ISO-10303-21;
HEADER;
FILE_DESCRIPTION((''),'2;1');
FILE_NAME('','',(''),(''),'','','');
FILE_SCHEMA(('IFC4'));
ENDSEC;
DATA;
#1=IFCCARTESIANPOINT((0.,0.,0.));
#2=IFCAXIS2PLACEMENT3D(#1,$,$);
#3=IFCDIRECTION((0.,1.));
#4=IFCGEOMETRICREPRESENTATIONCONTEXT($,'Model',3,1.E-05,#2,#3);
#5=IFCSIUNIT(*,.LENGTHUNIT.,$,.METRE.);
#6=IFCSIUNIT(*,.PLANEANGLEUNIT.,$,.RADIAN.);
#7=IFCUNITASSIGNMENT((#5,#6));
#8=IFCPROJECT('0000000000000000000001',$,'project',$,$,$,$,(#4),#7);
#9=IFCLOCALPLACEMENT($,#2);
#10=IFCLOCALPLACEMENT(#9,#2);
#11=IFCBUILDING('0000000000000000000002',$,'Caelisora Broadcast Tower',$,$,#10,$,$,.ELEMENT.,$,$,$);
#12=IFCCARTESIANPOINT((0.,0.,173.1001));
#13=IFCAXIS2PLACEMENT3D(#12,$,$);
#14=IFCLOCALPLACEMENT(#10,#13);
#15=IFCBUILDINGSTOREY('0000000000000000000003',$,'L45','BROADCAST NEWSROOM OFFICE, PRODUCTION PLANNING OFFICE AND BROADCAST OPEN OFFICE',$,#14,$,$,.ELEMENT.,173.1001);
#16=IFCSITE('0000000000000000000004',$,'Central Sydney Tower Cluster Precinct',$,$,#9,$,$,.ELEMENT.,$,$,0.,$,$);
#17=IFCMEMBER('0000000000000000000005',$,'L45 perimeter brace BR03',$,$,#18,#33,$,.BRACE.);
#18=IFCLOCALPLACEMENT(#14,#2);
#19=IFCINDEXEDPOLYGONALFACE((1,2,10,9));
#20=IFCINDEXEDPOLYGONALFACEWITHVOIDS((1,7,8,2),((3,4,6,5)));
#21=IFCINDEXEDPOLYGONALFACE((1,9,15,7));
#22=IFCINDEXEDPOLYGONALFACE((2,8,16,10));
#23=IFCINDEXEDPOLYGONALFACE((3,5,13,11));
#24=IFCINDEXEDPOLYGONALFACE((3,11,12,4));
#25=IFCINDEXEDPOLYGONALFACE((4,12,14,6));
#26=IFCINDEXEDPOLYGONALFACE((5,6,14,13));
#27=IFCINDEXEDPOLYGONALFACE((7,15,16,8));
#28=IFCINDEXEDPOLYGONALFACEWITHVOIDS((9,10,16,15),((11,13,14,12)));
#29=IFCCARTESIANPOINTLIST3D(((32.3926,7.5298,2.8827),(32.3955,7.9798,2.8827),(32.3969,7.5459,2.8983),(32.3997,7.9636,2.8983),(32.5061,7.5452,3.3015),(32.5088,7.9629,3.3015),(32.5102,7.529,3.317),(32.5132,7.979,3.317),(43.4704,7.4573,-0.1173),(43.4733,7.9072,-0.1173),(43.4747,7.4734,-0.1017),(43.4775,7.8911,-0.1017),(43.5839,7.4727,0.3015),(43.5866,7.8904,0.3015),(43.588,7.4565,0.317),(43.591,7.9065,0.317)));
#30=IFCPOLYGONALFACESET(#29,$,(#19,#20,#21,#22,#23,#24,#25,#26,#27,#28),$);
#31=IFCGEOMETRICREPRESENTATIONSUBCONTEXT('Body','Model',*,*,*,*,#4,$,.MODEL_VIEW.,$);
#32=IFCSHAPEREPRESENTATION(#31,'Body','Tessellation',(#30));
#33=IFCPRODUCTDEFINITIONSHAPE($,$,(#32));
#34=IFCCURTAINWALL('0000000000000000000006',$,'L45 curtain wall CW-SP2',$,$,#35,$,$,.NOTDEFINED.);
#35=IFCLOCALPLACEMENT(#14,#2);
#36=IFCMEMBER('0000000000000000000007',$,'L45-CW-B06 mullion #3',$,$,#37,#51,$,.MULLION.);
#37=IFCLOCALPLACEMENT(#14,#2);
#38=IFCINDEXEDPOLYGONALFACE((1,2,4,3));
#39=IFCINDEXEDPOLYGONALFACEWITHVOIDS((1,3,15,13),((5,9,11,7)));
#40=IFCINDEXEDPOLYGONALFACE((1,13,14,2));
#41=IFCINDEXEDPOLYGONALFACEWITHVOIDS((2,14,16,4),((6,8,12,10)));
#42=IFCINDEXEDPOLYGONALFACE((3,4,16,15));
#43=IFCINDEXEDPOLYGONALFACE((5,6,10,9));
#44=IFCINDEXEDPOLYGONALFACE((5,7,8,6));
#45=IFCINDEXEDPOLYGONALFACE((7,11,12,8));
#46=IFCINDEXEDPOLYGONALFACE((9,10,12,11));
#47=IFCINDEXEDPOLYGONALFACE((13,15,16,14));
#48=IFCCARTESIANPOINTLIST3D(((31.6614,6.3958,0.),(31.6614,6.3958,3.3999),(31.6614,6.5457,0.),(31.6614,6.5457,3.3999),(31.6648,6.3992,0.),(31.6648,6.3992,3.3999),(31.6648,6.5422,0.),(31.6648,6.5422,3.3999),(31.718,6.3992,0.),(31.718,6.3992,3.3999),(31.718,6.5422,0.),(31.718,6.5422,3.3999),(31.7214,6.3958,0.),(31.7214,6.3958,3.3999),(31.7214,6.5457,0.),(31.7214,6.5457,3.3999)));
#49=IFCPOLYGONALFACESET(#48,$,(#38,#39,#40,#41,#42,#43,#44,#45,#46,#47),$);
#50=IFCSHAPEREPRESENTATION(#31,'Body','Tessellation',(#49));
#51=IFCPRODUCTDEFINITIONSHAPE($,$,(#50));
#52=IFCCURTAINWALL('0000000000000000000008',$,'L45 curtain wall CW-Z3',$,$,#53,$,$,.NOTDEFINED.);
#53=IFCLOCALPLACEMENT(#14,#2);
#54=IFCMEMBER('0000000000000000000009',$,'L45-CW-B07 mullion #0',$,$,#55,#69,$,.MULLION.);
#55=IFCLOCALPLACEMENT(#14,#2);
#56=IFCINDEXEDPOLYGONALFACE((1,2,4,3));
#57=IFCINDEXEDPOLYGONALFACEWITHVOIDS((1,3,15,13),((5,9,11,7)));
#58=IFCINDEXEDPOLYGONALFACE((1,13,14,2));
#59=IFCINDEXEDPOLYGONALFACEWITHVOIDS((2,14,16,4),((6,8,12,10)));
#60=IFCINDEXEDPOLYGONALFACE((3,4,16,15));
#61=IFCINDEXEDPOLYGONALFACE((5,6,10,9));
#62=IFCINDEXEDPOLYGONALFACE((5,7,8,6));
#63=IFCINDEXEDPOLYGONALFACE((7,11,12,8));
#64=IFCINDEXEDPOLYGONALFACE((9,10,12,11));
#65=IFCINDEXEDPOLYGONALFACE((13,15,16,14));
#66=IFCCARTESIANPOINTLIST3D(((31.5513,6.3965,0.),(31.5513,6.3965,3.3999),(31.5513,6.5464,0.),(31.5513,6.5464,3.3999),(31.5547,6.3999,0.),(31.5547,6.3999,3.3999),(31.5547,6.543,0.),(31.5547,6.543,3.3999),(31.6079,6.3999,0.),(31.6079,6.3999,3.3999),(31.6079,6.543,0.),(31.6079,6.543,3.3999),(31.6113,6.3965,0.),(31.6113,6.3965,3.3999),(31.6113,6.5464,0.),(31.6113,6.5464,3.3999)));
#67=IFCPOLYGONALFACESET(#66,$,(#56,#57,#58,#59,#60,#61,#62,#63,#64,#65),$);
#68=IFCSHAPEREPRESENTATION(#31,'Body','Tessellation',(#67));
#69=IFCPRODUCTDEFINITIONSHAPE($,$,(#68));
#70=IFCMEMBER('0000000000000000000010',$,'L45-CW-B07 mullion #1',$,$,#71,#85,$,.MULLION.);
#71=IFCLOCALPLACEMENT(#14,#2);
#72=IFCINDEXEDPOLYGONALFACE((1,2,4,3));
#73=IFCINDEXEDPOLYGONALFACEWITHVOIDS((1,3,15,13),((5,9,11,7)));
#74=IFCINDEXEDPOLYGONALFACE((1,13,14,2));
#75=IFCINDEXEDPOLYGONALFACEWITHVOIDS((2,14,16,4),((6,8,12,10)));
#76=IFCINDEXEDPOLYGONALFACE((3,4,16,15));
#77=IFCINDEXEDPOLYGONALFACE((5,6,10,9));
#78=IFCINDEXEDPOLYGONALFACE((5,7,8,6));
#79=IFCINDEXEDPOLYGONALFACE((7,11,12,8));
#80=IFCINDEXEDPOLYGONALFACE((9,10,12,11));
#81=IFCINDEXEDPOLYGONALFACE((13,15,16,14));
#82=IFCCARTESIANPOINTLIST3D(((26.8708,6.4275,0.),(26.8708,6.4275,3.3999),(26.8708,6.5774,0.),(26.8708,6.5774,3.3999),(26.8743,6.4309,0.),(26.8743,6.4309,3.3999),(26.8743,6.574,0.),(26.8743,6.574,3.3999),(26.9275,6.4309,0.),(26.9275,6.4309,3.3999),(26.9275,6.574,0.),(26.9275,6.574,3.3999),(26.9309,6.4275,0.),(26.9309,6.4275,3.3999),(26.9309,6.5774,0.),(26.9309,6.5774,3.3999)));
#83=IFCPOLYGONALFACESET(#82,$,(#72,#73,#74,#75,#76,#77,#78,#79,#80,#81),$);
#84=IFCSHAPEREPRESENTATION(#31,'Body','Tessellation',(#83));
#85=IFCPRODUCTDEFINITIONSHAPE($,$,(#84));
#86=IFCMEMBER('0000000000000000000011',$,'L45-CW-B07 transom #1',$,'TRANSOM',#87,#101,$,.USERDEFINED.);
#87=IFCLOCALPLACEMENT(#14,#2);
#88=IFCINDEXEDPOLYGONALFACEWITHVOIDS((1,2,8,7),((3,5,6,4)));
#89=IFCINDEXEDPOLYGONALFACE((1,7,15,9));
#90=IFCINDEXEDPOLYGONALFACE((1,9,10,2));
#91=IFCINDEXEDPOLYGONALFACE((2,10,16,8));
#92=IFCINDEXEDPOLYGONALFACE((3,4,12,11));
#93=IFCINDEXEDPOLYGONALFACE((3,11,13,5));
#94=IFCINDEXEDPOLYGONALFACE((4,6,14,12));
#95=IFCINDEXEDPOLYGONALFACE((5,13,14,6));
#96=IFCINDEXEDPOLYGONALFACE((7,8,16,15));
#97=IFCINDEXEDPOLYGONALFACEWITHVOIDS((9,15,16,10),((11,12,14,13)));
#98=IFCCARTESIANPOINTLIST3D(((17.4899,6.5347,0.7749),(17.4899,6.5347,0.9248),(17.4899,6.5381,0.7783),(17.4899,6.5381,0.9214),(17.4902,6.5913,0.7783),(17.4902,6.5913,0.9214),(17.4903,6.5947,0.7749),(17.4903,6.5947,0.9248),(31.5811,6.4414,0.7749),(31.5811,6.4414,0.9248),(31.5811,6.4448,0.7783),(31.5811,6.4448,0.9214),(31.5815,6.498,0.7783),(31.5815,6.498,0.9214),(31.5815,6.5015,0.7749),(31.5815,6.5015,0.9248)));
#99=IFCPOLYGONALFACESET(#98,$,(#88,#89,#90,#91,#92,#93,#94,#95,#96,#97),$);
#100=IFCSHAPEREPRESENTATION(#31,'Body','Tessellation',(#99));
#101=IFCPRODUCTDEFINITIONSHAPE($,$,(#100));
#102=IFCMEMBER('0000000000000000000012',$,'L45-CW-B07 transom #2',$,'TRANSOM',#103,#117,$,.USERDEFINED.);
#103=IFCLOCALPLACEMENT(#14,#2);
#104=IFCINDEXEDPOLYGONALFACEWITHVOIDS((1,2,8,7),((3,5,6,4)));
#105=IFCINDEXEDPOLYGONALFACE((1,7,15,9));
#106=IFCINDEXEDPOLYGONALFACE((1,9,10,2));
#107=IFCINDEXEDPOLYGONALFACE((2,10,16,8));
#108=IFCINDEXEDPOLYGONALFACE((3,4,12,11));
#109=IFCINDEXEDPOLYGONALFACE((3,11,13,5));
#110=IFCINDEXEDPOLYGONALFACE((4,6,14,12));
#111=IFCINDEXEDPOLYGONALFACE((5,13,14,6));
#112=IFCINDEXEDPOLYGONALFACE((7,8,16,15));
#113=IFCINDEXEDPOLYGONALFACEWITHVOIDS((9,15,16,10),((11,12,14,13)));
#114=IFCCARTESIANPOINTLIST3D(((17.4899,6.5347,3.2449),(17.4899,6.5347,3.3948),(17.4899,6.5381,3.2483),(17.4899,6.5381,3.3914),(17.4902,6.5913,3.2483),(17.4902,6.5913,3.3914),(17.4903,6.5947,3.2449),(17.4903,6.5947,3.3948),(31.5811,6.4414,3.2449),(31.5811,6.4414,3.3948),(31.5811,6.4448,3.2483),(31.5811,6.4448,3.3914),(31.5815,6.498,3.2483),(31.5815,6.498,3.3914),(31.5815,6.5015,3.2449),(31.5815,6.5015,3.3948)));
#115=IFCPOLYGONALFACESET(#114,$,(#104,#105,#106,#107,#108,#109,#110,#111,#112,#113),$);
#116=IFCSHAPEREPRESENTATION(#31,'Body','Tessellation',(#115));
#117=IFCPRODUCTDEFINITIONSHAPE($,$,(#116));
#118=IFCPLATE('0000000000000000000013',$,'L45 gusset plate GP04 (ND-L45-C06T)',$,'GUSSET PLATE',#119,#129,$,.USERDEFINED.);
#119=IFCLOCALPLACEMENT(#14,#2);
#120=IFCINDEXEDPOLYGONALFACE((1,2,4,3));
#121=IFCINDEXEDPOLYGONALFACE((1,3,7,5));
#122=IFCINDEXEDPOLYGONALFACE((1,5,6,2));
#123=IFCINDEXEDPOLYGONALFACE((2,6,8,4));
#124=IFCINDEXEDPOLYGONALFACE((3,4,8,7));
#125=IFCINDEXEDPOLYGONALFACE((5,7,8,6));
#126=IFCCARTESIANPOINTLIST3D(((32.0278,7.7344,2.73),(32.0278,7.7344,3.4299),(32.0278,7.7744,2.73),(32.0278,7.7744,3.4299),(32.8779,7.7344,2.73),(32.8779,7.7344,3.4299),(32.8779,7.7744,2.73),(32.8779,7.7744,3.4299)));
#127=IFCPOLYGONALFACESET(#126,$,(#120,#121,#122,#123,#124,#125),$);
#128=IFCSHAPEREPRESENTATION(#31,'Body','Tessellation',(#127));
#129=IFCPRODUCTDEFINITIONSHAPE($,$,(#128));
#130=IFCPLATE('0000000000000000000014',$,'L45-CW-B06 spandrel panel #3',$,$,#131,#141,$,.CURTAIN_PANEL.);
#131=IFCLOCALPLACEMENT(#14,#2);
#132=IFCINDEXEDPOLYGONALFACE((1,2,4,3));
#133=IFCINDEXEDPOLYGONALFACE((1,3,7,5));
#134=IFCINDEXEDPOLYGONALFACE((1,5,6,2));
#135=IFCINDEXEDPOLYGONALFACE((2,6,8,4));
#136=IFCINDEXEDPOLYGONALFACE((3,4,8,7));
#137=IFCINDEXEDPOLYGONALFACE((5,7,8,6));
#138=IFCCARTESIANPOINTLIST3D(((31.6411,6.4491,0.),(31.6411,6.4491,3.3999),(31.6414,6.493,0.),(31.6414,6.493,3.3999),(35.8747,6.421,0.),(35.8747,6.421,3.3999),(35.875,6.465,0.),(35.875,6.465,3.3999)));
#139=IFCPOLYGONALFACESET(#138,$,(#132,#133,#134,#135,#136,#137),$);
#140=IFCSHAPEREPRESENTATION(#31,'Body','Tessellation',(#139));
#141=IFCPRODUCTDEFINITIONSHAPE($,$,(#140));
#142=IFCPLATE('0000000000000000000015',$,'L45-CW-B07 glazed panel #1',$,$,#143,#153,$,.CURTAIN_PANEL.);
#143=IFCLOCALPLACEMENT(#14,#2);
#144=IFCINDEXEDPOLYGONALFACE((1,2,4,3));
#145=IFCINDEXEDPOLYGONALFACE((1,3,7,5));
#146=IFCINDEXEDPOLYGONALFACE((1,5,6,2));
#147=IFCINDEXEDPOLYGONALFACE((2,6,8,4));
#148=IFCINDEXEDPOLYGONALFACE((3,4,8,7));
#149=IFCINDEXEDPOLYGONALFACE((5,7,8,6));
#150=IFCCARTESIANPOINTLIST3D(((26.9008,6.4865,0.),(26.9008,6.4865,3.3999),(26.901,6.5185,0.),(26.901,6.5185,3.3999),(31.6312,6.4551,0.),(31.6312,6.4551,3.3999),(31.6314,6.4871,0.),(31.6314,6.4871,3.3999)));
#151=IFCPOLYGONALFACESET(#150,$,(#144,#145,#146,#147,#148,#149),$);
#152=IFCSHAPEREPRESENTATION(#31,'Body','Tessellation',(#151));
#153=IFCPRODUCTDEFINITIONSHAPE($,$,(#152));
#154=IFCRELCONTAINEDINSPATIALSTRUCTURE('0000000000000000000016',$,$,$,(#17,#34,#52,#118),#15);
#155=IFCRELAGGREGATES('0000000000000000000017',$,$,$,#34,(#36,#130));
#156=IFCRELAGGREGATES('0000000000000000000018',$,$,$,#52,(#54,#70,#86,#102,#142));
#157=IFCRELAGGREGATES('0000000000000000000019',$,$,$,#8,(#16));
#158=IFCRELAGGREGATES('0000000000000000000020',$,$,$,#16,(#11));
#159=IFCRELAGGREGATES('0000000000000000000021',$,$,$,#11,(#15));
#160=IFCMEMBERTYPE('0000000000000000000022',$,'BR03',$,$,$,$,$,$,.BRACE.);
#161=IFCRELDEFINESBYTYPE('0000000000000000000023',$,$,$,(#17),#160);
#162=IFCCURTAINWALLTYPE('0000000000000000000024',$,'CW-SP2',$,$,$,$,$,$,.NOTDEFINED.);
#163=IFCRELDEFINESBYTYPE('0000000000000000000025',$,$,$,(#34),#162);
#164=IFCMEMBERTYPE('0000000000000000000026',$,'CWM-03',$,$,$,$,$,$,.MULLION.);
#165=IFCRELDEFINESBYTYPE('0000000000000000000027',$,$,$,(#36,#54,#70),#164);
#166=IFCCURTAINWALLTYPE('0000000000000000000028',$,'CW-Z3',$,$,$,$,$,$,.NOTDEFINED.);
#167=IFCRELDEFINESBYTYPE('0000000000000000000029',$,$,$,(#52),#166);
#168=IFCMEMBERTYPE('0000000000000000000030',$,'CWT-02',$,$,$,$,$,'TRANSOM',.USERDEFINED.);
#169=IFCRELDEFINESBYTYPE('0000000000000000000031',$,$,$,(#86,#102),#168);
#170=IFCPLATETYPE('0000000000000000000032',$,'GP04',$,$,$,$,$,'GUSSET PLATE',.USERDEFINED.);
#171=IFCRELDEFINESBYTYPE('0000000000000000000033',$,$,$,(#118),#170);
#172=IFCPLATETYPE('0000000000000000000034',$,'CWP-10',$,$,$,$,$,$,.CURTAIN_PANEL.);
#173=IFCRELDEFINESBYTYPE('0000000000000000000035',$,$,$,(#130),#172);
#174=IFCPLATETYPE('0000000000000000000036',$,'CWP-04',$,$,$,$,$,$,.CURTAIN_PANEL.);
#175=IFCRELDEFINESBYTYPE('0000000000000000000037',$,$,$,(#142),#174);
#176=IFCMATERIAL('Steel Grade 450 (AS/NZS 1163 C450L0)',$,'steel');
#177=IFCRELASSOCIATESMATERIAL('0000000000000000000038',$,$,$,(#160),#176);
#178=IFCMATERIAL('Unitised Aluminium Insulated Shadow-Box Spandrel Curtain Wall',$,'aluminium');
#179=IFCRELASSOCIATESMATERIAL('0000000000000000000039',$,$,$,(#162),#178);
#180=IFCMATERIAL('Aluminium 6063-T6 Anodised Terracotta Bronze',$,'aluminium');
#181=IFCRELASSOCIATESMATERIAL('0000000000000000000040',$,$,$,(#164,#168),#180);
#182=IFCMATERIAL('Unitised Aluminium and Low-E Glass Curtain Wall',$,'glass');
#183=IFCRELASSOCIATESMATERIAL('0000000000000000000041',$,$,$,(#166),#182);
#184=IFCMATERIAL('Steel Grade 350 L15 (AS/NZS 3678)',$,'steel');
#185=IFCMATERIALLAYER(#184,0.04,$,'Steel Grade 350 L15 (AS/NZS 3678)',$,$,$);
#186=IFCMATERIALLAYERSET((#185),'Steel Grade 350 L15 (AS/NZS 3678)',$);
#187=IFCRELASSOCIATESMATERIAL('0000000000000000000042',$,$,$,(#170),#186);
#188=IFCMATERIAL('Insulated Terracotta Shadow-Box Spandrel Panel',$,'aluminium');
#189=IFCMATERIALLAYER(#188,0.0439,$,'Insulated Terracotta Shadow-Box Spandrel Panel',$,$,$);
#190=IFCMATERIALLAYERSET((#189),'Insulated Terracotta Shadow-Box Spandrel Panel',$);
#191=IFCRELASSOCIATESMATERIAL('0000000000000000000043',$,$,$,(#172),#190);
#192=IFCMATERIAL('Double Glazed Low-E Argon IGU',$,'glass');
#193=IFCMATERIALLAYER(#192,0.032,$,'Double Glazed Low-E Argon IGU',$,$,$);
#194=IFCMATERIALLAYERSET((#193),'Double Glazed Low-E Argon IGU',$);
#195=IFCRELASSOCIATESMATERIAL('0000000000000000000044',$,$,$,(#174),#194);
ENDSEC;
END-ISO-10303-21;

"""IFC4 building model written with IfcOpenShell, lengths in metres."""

from ifc_helpers import new_model, si_unit, direction, frame, origin, origin_2d, place, context, subcontext, project, spatial, rectangle, hollow_rectangle, extrude, source, transform, mapped, material, layer, layer_set, material_profile, profile_set, type_object, type_shapes, element, aggregate, save


model = new_model("IFC4")

# Units and contexts
model_context = context("Model", 3, precision=1e-05, world=origin(), true_north=direction((0.0, 1.0)))
body_context = subcontext(model_context, "Body", "Model", "MODEL_VIEW")
ifc_project = project(units=[si_unit("LENGTHUNIT", "METRE"), si_unit("PLANEANGLEUNIT", "RADIAN")], contexts=[model_context])

# Site, building, storey
site_placement = place(None, origin())
site = spatial("IfcSite", under=ifc_project, at=site_placement, Name="Central Sydney Tower Cluster Precinct", CompositionType="ELEMENT", RefElevation=0.0)
building_placement = place(site_placement, origin())
building = spatial("IfcBuilding", under=site, at=building_placement, Name="Caelisora Broadcast Tower", CompositionType="ELEMENT")
storey_placement = place(building_placement, frame((0.0, 0.0, 173.1001)))
storey = spatial("IfcBuildingStorey", under=building, at=storey_placement, Name="L45", Description="BROADCAST NEWSROOM OFFICE, PRODUCTION PLANNING OFFICE AND BROADCAST OPEN OFFICE", CompositionType="ELEMENT", Elevation=173.1001)

# Shared definitions
ifc_material_1 = material(Name="Steel Grade 350 L15 (AS/NZS 3678)", Category="steel")

# Member
ifc_material_2 = material(Name="Steel Grade 450 (AS/NZS 1163 C450L0)", Category="steel")
ifc_material_profile_1 = material_profile(ifc_material_2, hollow_rectangle(XDim=0.45, YDim=0.45, WallThickness=0.0161, at=origin_2d()), Name="Steel Grade 450 (AS/NZS 1163 C450L0)")
ifc_profile_set_1 = profile_set([ifc_material_profile_1], Name="Steel Grade 450 (AS/NZS 1163 C450L0)")
member_type_1 = type_object("IfcMemberType", Name="BR03", PredefinedType="BRACE", material=ifc_profile_set_1)
shared_shape_1 = source(origin(), body_context, "Body", "SweptSolid", [
    extrude(hollow_rectangle(XDim=0.45, YDim=0.45, WallThickness=0.0161, at=origin_2d()), origin(), (0.0, 0.0, 1.0), 11.4771),
])
type_shapes(member_type_1, [shared_shape_1])
member_1_placement = place(storey_placement, frame((32.4529, 7.7544, 3.0999), z_axis=(0.965213, -0.006318, -0.261389), x_axis=(0.006545, 0.999979, 0.0)))
element("IfcMember", 1, at=member_1_placement, inside=storey, type_object=member_type_1, Name="L45 perimeter brace BR03", PredefinedType="BRACE", context=body_context, shape_type="MappedRepresentation", body=[
    mapped(shared_shape_1, transform((0.0, 0.0, 0.0), scale=1.0)),
])

# Curtain wall, member
ifc_material_3 = material(Name="Unitised Aluminium Insulated Shadow-Box Spandrel Curtain Wall", Category="aluminium")
curtain_wall_type_1 = type_object("IfcCurtainWallType", Name="CW-SP2", PredefinedType="NOTDEFINED", material=ifc_material_3)
curtain_wall_1_placement = place(storey_placement, origin())
curtain_wall_1 = element("IfcCurtainWall", 2, at=curtain_wall_1_placement, inside=storey, type_object=curtain_wall_type_1, Name="L45 curtain wall CW-SP2", PredefinedType="NOTDEFINED")
ifc_material_4 = material(Name="Aluminium 6063-T6 Anodised Terracotta Bronze", Category="aluminium")
ifc_material_profile_2 = material_profile(ifc_material_4, hollow_rectangle(XDim=0.0601, YDim=0.1499, WallThickness=0.0034, at=origin_2d()), Name="Aluminium 6063-T6 Anodised Terracotta Bronze")
ifc_profile_set_2 = profile_set([ifc_material_profile_2], Name="Aluminium 6063-T6 Anodised Terracotta Bronze")
member_type_2 = type_object("IfcMemberType", Name="CWM-03", PredefinedType="MULLION", material=ifc_profile_set_2)
shared_shape_2 = source(origin(), body_context, "Body", "SweptSolid", [
    extrude(hollow_rectangle(XDim=0.0601, YDim=0.1499, WallThickness=0.0034, at=origin_2d()), origin(), (0.0, 0.0, 1.0), 3.3999),
])
type_shapes(member_type_2, [shared_shape_2])
member_2_placement = place(storey_placement, frame((31.6914, 6.4707, 0.0), z_axis=(0.0, 0.0, 1.0), x_axis=(1.0, 0.0, 0.0)))
member_2 = element("IfcMember", 3, at=member_2_placement, type_object=member_type_2, Name="L45-CW-B06 mullion #3", PredefinedType="MULLION", context=body_context, shape_type="MappedRepresentation", body=[
    mapped(shared_shape_2, transform((0.0, 0.0, 0.0), scale=1.0)),
])

# Curtain wall, members
ifc_material_5 = material(Name="Unitised Aluminium and Low-E Glass Curtain Wall", Category="glass")
curtain_wall_type_2 = type_object("IfcCurtainWallType", Name="CW-Z3", PredefinedType="NOTDEFINED", material=ifc_material_5)
curtain_wall_2_placement = place(storey_placement, origin())
curtain_wall_2 = element("IfcCurtainWall", 4, at=curtain_wall_2_placement, inside=storey, type_object=curtain_wall_type_2, Name="L45 curtain wall CW-Z3", PredefinedType="NOTDEFINED")
member_3_placement = place(storey_placement, frame((31.5813, 6.4714, 0.0), z_axis=(0.0, 0.0, 1.0), x_axis=(1.0, 0.0, 0.0)))
member_3 = element("IfcMember", 5, at=member_3_placement, type_object=member_type_2, Name="L45-CW-B07 mullion #0", PredefinedType="MULLION", context=body_context, shape_type="MappedRepresentation", body=[
    mapped(shared_shape_2, transform((0.0, 0.0, 0.0), scale=1.0)),
])
member_4_placement = place(storey_placement, frame((26.9009, 6.5024, 0.0), z_axis=(0.0, 0.0, 1.0), x_axis=(1.0, 0.0, 0.0)))
member_4 = element("IfcMember", 6, at=member_4_placement, type_object=member_type_2, Name="L45-CW-B07 mullion #1", PredefinedType="MULLION", context=body_context, shape_type="MappedRepresentation", body=[
    mapped(shared_shape_2, transform((0.0, 0.0, 0.0), scale=1.0)),
])
ifc_material_profile_3 = material_profile(ifc_material_4, hollow_rectangle(XDim=0.0601, YDim=0.1499, WallThickness=0.0034, at=origin_2d()), Name="Aluminium 6063-T6 Anodised Terracotta Bronze")
ifc_profile_set_3 = profile_set([ifc_material_profile_3], Name="Aluminium 6063-T6 Anodised Terracotta Bronze")
member_type_3 = type_object("IfcMemberType", Name="CWT-02", ElementType="TRANSOM", PredefinedType="USERDEFINED", material=ifc_profile_set_3)
shared_shape_3 = source(origin(), body_context, "Body", "SweptSolid", [
    extrude(hollow_rectangle(XDim=0.0601, YDim=0.1499, WallThickness=0.0034, at=origin_2d()), origin(), (0.0, 0.0, 1.0), 14.0916),
])
type_shapes(member_type_3, [shared_shape_3])
member_5_placement = place(storey_placement, frame((31.5813, 6.4714, 0.8499), z_axis=(-0.999978, 0.006618, 0.0), x_axis=(-0.006618, -0.999978, 0.0)))
member_5 = element("IfcMember", 7, at=member_5_placement, type_object=member_type_3, Name="L45-CW-B07 transom #1", ObjectType="TRANSOM", PredefinedType="USERDEFINED", context=body_context, shape_type="MappedRepresentation", body=[
    mapped(shared_shape_3, transform((0.0, 0.0, 0.0), scale=1.0)),
])
member_6_placement = place(storey_placement, frame((31.5813, 6.4714, 3.3198), z_axis=(-0.999978, 0.006618, 0.0), x_axis=(-0.006618, -0.999978, 0.0)))
member_6 = element("IfcMember", 8, at=member_6_placement, type_object=member_type_3, Name="L45-CW-B07 transom #2", ObjectType="TRANSOM", PredefinedType="USERDEFINED", context=body_context, shape_type="MappedRepresentation", body=[
    mapped(shared_shape_3, transform((0.0, 0.0, 0.0), scale=1.0)),
])

# Plates
ifc_layer_1 = layer(ifc_material_1, 0.04, Name="Steel Grade 350 L15 (AS/NZS 3678)")
ifc_layer_set_1 = layer_set([ifc_layer_1], Name="Steel Grade 350 L15 (AS/NZS 3678)")
plate_type_1 = type_object("IfcPlateType", Name="GP04", ElementType="GUSSET PLATE", PredefinedType="USERDEFINED", material=ifc_layer_set_1)
shared_shape_4 = source(origin(), body_context, "Body", "SweptSolid", [
    extrude(rectangle(XDim=0.8501, YDim=0.04, at=origin_2d()), origin(), (0.0, 0.0, 1.0), 0.7),
])
type_shapes(plate_type_1, [shared_shape_4])
plate_1_placement = place(storey_placement, frame((32.4529, 7.7544, 2.73), z_axis=(0.0, 0.0, 1.0), x_axis=(1.0, 0.0, 0.0)))
element("IfcPlate", 9, at=plate_1_placement, inside=storey, type_object=plate_type_1, Name="L45 gusset plate GP04 (ND-L45-C06T)", ObjectType="GUSSET PLATE", PredefinedType="USERDEFINED", context=body_context, shape_type="MappedRepresentation", body=[
    mapped(shared_shape_4, transform((0.0, 0.0, 0.0), scale=1.0)),
])
ifc_material_6 = material(Name="Insulated Terracotta Shadow-Box Spandrel Panel", Category="aluminium")
ifc_layer_2 = layer(ifc_material_6, 0.0439, Name="Insulated Terracotta Shadow-Box Spandrel Panel")
ifc_layer_set_2 = layer_set([ifc_layer_2], Name="Insulated Terracotta Shadow-Box Spandrel Panel")
plate_type_2 = type_object("IfcPlateType", Name="CWP-10", PredefinedType="CURTAIN_PANEL", material=ifc_layer_set_2)
shared_shape_5 = source(origin(), body_context, "Body", "SweptSolid", [
    extrude(rectangle(XDim=4.2336, YDim=0.0439, at=origin_2d()), origin(), (0.0, 0.0, 1.0), 3.3999),
])
type_shapes(plate_type_2, [shared_shape_5])
plate_2_placement = place(storey_placement, frame((33.7581, 6.457, 0.0), z_axis=(0.0, 0.0, 1.0), x_axis=(-0.999978, 0.006632, 0.0)))
plate_2 = element("IfcPlate", 10, at=plate_2_placement, type_object=plate_type_2, Name="L45-CW-B06 spandrel panel #3", PredefinedType="CURTAIN_PANEL", context=body_context, shape_type="MappedRepresentation", body=[
    mapped(shared_shape_5, transform((0.0, 0.0, 0.0), scale=1.0)),
])
aggregate(curtain_wall_1, [member_2, plate_2])
ifc_material_7 = material(Name="Double Glazed Low-E Argon IGU", Category="glass")
ifc_layer_3 = layer(ifc_material_7, 0.032, Name="Double Glazed Low-E Argon IGU")
ifc_layer_set_3 = layer_set([ifc_layer_3], Name="Double Glazed Low-E Argon IGU")
plate_type_3 = type_object("IfcPlateType", Name="CWP-04", PredefinedType="CURTAIN_PANEL", material=ifc_layer_set_3)
shared_shape_6 = source(origin(), body_context, "Body", "SweptSolid", [
    extrude(rectangle(XDim=4.7305, YDim=0.032, at=origin_2d()), origin(), (0.0, 0.0, 1.0), 3.3999),
])
type_shapes(plate_type_3, [shared_shape_6])
plate_3_placement = place(storey_placement, frame((29.2661, 6.4868, 0.0), z_axis=(0.0, 0.0, 1.0), x_axis=(-0.999978, 0.006632, 0.0)))
plate_3 = element("IfcPlate", 11, at=plate_3_placement, type_object=plate_type_3, Name="L45-CW-B07 glazed panel #1", PredefinedType="CURTAIN_PANEL", context=body_context, shape_type="MappedRepresentation", body=[
    mapped(shared_shape_6, transform((0.0, 0.0, 0.0), scale=1.0)),
])
aggregate(curtain_wall_2, [member_3, member_4, member_5, member_6, plate_3])

save(model, "model.ifc")
